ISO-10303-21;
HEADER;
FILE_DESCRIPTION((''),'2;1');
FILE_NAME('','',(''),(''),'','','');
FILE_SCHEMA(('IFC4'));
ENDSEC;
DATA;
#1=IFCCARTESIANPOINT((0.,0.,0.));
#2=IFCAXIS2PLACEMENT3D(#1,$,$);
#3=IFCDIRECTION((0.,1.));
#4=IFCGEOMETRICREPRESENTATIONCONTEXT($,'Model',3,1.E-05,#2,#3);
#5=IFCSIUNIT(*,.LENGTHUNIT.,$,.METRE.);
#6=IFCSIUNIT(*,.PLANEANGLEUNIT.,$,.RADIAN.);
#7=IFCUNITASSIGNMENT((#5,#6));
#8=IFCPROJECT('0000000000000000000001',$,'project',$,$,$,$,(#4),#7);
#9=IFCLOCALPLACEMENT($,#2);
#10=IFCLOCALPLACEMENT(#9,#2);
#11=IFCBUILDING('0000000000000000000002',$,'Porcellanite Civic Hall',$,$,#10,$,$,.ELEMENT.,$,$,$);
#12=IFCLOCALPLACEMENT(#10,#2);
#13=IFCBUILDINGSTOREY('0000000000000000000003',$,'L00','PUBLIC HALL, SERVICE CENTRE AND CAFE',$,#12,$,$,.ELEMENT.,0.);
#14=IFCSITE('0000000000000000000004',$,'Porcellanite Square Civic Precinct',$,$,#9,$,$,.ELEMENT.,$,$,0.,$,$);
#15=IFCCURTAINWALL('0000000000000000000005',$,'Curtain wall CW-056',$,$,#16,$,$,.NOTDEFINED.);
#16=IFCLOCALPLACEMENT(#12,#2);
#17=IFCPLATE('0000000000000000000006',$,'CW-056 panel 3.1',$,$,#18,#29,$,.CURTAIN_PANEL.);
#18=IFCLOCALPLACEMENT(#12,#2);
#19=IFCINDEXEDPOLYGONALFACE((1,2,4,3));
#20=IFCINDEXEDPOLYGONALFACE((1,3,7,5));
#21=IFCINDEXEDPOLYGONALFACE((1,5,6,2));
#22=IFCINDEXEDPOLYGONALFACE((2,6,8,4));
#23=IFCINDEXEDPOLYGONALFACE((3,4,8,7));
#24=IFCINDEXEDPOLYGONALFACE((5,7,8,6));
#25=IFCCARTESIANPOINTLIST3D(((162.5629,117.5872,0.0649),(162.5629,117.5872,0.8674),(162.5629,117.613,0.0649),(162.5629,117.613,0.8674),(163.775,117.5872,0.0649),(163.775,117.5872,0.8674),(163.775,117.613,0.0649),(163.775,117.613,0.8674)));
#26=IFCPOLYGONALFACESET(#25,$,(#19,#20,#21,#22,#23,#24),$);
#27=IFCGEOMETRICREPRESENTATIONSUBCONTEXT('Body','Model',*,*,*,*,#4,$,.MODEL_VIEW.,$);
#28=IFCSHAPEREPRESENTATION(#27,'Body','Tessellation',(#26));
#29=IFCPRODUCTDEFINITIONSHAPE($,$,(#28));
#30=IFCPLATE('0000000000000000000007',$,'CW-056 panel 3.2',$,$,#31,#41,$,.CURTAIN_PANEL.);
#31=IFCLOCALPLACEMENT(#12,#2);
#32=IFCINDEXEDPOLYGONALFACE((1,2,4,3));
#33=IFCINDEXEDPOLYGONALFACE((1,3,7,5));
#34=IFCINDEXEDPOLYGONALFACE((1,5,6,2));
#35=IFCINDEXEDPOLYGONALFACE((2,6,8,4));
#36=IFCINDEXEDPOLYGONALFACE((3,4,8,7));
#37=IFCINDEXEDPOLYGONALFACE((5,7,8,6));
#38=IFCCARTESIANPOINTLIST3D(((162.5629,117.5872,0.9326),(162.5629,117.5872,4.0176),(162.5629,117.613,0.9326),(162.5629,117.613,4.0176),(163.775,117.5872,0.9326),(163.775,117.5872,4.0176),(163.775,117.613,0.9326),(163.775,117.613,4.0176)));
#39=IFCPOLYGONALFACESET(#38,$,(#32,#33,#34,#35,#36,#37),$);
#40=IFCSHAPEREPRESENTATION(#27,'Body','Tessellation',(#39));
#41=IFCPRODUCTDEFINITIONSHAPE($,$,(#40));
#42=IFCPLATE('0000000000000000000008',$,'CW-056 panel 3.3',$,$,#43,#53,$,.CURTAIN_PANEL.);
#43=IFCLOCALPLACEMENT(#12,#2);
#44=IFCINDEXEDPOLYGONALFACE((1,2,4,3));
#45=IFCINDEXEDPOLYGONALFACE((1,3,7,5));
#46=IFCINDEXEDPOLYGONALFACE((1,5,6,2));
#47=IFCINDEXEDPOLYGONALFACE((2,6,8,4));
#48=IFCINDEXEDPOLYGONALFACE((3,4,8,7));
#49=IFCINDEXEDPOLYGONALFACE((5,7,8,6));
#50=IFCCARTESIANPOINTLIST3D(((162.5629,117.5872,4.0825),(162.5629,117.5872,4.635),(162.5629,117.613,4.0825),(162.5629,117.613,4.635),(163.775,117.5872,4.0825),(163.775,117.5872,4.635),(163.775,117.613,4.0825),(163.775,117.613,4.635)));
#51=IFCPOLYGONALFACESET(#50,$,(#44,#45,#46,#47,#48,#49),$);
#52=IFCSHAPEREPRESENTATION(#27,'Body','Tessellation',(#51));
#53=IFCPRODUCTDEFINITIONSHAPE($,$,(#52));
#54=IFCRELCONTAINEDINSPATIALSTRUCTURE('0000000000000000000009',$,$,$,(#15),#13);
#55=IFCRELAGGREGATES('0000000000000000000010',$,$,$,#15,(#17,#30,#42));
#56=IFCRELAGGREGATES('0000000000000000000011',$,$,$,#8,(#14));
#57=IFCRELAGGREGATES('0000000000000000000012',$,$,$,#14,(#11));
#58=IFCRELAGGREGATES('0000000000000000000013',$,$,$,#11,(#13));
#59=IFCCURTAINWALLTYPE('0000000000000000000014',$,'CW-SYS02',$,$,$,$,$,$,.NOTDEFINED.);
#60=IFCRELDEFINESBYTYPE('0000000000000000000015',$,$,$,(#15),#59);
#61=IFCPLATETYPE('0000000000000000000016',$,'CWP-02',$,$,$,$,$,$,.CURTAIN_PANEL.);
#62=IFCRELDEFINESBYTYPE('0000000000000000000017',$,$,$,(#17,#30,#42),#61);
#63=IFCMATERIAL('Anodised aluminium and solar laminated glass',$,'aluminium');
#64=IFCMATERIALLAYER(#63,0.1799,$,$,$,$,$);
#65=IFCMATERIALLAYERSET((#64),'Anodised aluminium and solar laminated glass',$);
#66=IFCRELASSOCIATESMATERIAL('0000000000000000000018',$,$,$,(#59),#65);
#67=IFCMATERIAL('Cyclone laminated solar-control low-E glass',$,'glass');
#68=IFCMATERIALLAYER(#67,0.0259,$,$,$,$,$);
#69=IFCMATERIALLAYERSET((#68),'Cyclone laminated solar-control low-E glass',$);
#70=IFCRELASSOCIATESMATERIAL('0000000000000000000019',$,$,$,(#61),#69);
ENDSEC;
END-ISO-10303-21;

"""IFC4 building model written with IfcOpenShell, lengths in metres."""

from ifc_helpers import new_model, si_unit, direction, frame, origin, origin_2d, place, context, subcontext, project, spatial, rectangle, extrude, material, layer, layer_set, type_object, element, aggregate, save


model = new_model("IFC4")

# Units and contexts
model_context = context("Model", 3, precision=1e-05, world=origin(), true_north=direction((0.0, 1.0)))
body_context = subcontext(model_context, "Body", "Model", "MODEL_VIEW")
ifc_project = project(units=[si_unit("LENGTHUNIT", "METRE"), si_unit("PLANEANGLEUNIT", "RADIAN")], contexts=[model_context])

# Site, building, storey
site_placement = place(None, origin())
site = spatial("IfcSite", under=ifc_project, at=site_placement, Name="Porcellanite Square Civic Precinct", CompositionType="ELEMENT", RefElevation=0.0)
building_placement = place(site_placement, origin())
building = spatial("IfcBuilding", under=site, at=building_placement, Name="Porcellanite Civic Hall", CompositionType="ELEMENT")
storey_placement = place(building_placement, origin())
storey = spatial("IfcBuildingStorey", under=building, at=storey_placement, Name="L00", Description="PUBLIC HALL, SERVICE CENTRE AND CAFE", CompositionType="ELEMENT", Elevation=0.0)

# Shared definitions
ifc_material_1 = material(Name="Anodised aluminium and solar laminated glass", Category="aluminium")
ifc_layer_1 = layer(ifc_material_1, 0.1799)
ifc_layer_set_1 = layer_set([ifc_layer_1], Name="Anodised aluminium and solar laminated glass")
curtain_wall_type = type_object("IfcCurtainWallType", Name="CW-SYS02", PredefinedType="NOTDEFINED", material=ifc_layer_set_1)

# Curtain wall
curtain_wall_1_placement = place(storey_placement, origin())
curtain_wall_1 = element("IfcCurtainWall", 1, at=curtain_wall_1_placement, inside=storey, type_object=curtain_wall_type, Name="Curtain wall CW-056", PredefinedType="NOTDEFINED")

# Plates
ifc_material_2 = material(Name="Cyclone laminated solar-control low-E glass", Category="glass")
ifc_layer_2 = layer(ifc_material_2, 0.0259)
ifc_layer_set_2 = layer_set([ifc_layer_2], Name="Cyclone laminated solar-control low-E glass")
plate_type = type_object("IfcPlateType", Name="CWP-02", PredefinedType="CURTAIN_PANEL", material=ifc_layer_set_2)
plate_1_placement = place(storey_placement, frame((163.1689, 117.6001, 0.0649), z_axis=(0.0, 0.0, 1.0), x_axis=(1.0, 0.0, 0.0)))
plate_1 = element("IfcPlate", 2, at=plate_1_placement, type_object=plate_type, Name="CW-056 panel 3.1", PredefinedType="CURTAIN_PANEL", context=body_context, shape_type="SweptSolid", body=[
    extrude(rectangle(XDim=1.2122, YDim=0.0259, at=origin_2d()), origin(), (0.0, 0.0, 1.0), 0.8025),
])
plate_2_placement = place(storey_placement, frame((163.1689, 117.6001, 0.9326), z_axis=(0.0, 0.0, 1.0), x_axis=(1.0, 0.0, 0.0)))
plate_2 = element("IfcPlate", 3, at=plate_2_placement, type_object=plate_type, Name="CW-056 panel 3.2", PredefinedType="CURTAIN_PANEL", context=body_context, shape_type="SweptSolid", body=[
    extrude(rectangle(XDim=1.2122, YDim=0.0259, at=origin_2d()), origin(), (0.0, 0.0, 1.0), 3.085),
])
plate_3_placement = place(storey_placement, frame((163.1689, 117.6001, 4.0825), z_axis=(0.0, 0.0, 1.0), x_axis=(1.0, 0.0, 0.0)))
plate_3 = element("IfcPlate", 4, at=plate_3_placement, type_object=plate_type, Name="CW-056 panel 3.3", PredefinedType="CURTAIN_PANEL", context=body_context, shape_type="SweptSolid", body=[
    extrude(rectangle(XDim=1.2122, YDim=0.0259, at=origin_2d()), origin(), (0.0, 0.0, 1.0), 0.5525),
])
aggregate(curtain_wall_1, [plate_1, plate_2, plate_3])

save(model, "model.ifc")
